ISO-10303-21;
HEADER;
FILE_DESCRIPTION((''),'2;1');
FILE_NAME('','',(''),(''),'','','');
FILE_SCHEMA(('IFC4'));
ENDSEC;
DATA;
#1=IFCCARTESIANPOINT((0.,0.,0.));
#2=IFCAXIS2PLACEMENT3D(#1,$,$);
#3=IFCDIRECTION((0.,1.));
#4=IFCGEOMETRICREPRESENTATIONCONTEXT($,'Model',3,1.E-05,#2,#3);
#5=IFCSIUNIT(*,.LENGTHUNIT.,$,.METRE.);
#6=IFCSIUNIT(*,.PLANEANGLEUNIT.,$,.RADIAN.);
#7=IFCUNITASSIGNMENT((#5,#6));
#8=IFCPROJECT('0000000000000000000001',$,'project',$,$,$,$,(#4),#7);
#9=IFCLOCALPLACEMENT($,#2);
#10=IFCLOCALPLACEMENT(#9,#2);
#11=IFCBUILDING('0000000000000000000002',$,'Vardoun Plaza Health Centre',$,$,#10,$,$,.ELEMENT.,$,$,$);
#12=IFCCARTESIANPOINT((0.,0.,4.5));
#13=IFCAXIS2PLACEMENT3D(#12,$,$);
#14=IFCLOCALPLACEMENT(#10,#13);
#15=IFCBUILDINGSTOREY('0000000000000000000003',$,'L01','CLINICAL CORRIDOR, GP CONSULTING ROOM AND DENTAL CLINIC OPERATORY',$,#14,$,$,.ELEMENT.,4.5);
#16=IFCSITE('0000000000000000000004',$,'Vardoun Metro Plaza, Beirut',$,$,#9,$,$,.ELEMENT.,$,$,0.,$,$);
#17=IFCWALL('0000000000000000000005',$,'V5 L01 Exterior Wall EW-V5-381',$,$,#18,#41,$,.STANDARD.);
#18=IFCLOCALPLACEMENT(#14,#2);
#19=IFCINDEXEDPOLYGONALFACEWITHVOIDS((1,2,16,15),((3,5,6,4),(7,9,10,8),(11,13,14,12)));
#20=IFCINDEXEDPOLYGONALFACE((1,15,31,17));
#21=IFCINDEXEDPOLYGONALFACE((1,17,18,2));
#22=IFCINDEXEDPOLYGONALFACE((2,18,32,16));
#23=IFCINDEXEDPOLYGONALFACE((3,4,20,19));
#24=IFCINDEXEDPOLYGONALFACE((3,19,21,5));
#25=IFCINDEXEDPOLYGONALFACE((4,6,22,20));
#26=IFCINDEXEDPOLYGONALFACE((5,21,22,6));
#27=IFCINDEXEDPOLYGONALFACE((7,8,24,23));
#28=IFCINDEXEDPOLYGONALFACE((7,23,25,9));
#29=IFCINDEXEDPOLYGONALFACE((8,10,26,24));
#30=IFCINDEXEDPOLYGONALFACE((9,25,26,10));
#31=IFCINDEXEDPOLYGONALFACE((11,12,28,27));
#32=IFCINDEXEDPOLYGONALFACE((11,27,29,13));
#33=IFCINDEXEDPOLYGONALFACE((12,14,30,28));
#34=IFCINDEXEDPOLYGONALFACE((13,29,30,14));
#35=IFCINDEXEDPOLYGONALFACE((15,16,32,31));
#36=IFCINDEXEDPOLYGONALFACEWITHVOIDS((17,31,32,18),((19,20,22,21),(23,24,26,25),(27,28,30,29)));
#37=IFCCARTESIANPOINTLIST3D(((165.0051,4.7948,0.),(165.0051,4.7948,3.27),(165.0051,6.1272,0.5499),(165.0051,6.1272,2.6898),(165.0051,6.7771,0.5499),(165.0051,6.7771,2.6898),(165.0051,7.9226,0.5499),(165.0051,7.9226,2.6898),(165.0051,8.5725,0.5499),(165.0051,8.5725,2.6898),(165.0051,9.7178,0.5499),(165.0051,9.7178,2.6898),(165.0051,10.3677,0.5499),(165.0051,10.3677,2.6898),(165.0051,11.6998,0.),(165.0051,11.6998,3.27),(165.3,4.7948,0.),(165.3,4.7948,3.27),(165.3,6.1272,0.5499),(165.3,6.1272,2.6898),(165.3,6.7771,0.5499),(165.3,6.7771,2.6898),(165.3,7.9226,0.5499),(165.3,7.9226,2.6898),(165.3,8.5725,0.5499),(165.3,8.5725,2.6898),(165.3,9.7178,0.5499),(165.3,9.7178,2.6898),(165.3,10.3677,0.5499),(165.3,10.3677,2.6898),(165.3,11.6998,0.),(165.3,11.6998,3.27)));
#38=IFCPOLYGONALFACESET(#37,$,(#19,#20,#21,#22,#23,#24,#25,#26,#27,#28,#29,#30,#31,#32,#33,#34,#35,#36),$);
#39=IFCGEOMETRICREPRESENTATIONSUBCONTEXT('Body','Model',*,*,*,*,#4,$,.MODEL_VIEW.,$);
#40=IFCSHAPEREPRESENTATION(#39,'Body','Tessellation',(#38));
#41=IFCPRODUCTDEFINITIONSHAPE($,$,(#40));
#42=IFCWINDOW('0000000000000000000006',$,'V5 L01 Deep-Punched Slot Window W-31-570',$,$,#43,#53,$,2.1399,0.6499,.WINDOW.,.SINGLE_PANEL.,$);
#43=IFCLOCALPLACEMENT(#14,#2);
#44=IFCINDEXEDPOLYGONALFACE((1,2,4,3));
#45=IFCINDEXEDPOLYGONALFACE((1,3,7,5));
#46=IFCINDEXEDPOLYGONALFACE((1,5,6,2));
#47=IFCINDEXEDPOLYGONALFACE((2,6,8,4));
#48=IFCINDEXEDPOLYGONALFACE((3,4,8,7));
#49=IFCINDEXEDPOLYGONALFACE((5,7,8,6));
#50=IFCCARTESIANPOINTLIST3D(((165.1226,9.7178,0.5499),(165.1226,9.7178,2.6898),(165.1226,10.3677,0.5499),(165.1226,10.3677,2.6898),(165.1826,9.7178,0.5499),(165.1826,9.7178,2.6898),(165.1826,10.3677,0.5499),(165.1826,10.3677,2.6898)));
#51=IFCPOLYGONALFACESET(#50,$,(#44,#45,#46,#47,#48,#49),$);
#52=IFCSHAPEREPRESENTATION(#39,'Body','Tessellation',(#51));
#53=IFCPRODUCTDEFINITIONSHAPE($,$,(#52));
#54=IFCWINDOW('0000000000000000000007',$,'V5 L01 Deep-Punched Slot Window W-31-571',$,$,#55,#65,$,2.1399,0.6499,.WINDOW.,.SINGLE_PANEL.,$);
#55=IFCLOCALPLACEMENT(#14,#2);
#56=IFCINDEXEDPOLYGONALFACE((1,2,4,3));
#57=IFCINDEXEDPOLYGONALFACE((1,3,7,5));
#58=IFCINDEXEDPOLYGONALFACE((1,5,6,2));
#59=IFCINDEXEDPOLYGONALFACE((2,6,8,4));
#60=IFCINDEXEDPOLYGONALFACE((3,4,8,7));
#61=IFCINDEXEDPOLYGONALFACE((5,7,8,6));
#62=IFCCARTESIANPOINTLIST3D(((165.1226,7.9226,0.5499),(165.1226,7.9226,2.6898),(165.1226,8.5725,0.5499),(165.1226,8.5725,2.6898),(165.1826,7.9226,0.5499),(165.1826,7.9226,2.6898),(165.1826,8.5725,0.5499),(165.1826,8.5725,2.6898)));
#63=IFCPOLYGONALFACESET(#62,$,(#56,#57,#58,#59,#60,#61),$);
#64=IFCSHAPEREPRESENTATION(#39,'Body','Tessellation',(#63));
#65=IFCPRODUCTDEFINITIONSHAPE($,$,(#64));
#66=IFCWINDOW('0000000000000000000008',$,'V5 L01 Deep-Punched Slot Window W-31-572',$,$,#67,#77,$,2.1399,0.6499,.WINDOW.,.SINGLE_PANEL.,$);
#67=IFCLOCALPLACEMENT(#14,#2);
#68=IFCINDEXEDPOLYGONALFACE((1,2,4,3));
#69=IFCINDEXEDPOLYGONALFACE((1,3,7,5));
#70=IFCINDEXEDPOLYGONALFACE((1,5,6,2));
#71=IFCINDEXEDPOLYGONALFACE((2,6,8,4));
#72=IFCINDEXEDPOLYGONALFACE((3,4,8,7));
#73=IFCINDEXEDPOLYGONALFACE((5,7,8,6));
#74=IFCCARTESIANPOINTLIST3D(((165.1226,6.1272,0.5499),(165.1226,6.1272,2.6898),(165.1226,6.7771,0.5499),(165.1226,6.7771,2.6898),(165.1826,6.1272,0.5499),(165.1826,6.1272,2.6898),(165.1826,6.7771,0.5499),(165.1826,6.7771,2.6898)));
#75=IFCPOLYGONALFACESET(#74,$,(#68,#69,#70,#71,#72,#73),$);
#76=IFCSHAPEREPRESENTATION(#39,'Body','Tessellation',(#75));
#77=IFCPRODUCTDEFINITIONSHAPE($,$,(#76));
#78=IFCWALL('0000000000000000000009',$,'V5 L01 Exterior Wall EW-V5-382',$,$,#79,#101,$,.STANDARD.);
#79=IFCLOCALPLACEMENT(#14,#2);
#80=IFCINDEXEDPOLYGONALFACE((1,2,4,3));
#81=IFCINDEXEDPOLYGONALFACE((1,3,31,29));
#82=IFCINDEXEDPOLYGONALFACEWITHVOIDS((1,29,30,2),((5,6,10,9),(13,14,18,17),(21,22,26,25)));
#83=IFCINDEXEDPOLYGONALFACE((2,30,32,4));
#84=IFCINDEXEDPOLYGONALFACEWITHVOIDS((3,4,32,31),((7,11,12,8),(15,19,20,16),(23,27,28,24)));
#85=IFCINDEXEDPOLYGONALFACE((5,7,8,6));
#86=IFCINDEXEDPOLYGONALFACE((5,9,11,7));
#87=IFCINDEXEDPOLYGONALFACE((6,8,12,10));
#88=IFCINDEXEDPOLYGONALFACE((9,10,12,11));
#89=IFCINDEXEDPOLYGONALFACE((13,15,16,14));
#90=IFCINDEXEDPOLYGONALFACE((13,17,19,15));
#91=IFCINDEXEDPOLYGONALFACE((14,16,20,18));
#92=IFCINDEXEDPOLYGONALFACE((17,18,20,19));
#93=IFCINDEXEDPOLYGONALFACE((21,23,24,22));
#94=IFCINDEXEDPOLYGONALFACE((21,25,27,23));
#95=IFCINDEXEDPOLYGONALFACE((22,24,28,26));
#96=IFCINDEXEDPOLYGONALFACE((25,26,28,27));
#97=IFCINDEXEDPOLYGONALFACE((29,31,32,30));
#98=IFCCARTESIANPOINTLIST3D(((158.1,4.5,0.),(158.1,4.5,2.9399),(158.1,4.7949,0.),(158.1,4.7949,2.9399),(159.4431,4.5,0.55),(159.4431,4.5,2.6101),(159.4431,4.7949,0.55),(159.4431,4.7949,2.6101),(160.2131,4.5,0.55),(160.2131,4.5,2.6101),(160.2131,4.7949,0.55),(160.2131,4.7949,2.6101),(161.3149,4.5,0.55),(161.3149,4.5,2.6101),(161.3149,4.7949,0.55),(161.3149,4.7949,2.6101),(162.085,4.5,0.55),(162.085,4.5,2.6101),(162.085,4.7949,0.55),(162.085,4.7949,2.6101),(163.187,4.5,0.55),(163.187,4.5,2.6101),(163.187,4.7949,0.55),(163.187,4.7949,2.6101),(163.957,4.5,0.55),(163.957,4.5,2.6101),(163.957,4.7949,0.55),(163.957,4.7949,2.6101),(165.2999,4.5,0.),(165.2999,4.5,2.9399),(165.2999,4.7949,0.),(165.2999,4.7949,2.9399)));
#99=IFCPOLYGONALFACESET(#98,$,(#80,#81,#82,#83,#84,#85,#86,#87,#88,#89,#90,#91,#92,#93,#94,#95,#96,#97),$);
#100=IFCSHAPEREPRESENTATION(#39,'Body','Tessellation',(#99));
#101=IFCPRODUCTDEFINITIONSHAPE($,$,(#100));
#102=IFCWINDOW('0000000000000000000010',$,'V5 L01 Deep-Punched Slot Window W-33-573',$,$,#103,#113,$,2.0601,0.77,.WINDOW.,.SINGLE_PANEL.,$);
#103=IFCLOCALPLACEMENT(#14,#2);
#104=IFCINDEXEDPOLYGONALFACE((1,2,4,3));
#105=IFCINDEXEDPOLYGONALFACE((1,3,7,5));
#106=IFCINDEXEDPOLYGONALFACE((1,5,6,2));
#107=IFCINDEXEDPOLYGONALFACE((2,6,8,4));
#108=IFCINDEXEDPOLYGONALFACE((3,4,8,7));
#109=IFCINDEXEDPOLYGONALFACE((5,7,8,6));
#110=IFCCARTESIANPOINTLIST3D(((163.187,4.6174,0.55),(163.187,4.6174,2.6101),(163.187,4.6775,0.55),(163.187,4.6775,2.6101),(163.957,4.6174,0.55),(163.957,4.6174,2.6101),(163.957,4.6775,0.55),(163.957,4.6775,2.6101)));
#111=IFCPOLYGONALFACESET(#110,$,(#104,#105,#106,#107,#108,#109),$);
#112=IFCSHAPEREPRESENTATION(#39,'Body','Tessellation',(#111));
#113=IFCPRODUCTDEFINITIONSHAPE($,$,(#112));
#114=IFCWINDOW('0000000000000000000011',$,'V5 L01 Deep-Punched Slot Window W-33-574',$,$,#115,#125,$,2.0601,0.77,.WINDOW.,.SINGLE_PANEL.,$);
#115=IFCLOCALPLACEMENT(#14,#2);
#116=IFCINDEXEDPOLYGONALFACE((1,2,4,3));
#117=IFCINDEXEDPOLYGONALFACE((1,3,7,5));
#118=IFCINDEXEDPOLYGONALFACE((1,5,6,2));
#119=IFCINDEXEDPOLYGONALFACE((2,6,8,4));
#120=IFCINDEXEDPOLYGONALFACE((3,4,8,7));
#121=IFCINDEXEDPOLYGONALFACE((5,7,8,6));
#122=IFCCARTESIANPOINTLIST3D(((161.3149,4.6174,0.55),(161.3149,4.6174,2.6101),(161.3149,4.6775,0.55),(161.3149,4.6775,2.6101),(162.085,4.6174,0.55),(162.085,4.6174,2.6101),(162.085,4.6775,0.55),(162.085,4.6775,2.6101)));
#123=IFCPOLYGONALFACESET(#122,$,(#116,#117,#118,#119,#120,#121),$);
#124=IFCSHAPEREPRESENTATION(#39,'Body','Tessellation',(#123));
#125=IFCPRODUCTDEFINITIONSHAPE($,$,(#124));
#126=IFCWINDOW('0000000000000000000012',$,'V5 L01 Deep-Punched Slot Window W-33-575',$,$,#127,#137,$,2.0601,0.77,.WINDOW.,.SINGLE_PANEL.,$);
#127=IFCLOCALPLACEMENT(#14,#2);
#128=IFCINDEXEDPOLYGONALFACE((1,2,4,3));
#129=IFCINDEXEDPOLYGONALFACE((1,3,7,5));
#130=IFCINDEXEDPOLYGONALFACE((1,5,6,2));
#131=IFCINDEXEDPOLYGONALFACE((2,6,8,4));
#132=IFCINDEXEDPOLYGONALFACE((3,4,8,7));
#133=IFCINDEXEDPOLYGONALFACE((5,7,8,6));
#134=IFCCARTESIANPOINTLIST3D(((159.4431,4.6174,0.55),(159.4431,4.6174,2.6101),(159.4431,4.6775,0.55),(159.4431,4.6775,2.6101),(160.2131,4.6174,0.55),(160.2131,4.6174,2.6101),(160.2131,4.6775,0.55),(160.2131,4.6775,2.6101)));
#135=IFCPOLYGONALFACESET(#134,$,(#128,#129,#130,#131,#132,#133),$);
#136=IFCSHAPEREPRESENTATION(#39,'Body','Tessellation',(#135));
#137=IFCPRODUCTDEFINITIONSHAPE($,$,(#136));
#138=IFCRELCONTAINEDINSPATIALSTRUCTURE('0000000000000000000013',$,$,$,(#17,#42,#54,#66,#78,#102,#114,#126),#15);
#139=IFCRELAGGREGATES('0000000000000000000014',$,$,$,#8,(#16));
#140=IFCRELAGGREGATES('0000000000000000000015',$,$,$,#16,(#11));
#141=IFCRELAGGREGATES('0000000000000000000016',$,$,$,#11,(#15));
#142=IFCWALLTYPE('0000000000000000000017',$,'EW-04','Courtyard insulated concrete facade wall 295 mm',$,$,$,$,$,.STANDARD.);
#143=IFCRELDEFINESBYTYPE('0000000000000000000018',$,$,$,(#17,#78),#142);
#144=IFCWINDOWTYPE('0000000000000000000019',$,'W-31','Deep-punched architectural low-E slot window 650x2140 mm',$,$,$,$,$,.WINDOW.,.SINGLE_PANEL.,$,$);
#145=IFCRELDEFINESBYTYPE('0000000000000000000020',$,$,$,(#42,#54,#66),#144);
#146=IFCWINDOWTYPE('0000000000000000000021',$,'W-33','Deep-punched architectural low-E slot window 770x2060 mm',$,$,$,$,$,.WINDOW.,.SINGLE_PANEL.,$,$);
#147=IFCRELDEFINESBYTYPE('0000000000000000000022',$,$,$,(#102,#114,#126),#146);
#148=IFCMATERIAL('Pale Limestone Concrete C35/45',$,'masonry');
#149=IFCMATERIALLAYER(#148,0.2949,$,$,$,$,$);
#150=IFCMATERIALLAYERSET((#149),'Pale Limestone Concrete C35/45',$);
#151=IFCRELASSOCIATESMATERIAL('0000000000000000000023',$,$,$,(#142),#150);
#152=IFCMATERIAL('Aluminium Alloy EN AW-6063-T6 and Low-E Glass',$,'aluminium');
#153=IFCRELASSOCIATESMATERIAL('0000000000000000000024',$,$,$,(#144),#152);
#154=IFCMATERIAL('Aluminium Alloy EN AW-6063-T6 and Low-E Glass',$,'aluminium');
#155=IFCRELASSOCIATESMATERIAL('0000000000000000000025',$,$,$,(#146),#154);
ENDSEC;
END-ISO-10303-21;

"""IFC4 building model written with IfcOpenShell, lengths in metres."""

from ifc_helpers import new_model, si_unit, direction, frame, frame_2d, origin, place, context, subcontext, project, spatial, rectangle, extrude, material, layer, layer_set, type_object, element, fill, save


model = new_model("IFC4")

# Units and contexts
model_context = context("Model", 3, precision=1e-05, world=origin(), true_north=direction((0.0, 1.0)))
body_context = subcontext(model_context, "Body", "Model", "MODEL_VIEW")
ifc_project = project(units=[si_unit("LENGTHUNIT", "METRE"), si_unit("PLANEANGLEUNIT", "RADIAN")], contexts=[model_context])

# Site, building, storey
site_placement = place(None, origin())
site = spatial("IfcSite", under=ifc_project, at=site_placement, Name="Vardoun Metro Plaza, Beirut", CompositionType="ELEMENT", RefElevation=0.0)
building_placement = place(site_placement, origin())
building = spatial("IfcBuilding", under=site, at=building_placement, Name="Vardoun Plaza Health Centre", CompositionType="ELEMENT")
storey_placement = place(building_placement, frame((0.0, 0.0, 4.5)))
storey = spatial("IfcBuildingStorey", under=building, at=storey_placement, Name="L01", Description="CLINICAL CORRIDOR, GP CONSULTING ROOM AND DENTAL CLINIC OPERATORY", CompositionType="ELEMENT", Elevation=4.5)

# Walls, openings, windows
ifc_material_1 = material(Name="Pale Limestone Concrete C35/45", Category="masonry")
ifc_layer_1 = layer(ifc_material_1, 0.2949)
ifc_layer_set_1 = layer_set([ifc_layer_1], Name="Pale Limestone Concrete C35/45")
wall_type_1 = type_object("IfcWallType", Name="EW-04", Description="Courtyard insulated concrete facade wall 295 mm", PredefinedType="STANDARD", material=ifc_layer_set_1)
wall_1_placement = place(storey_placement, frame((165.1526, 11.7, 0.0), z_axis=(0.0, 0.0, 1.0), x_axis=(0.0, -1.0, 0.0)))
wall_1 = element("IfcWall", 1, at=wall_1_placement, inside=storey, type_object=wall_type_1, Name="V5 L01 Exterior Wall EW-V5-381", PredefinedType="STANDARD", context=body_context, shape_type="SweptSolid", body=[
    extrude(rectangle(XDim=6.905, YDim=0.2949, at=frame_2d((3.4526, 0.0))), origin(), (0.0, 0.0, 1.0), 3.27),
])
opening_1_placement = place(wall_1_placement, frame((1.3323, 0.0, 0.55)))
opening_1 = element("IfcOpeningElement", 2, at=opening_1_placement, cuts=wall_1, PredefinedType="OPENING", context=body_context, shape_type="SweptSolid", body=[
    extrude(rectangle(XDim=0.6499, YDim=2.1399, at=frame_2d((0.325, 1.0698))), frame((0.0, 0.1475, 0.0), z_axis=(0.0, -1.0, 0.0), x_axis=(1.0, 0.0, 0.0)), (0.0, 0.0, 1.0), 0.2949),
])
opening_2_placement = place(wall_1_placement, frame((3.1274, 0.0, 0.55)))
opening_2 = element("IfcOpeningElement", 3, at=opening_2_placement, cuts=wall_1, PredefinedType="OPENING", context=body_context, shape_type="SweptSolid", body=[
    extrude(rectangle(XDim=0.6499, YDim=2.1399, at=frame_2d((0.325, 1.0698))), frame((0.0, 0.1475, 0.0), z_axis=(0.0, -1.0, 0.0), x_axis=(1.0, 0.0, 0.0)), (0.0, 0.0, 1.0), 0.2949),
])
opening_3_placement = place(wall_1_placement, frame((4.9229, 0.0, 0.55)))
opening_3 = element("IfcOpeningElement", 4, at=opening_3_placement, cuts=wall_1, PredefinedType="OPENING", context=body_context, shape_type="SweptSolid", body=[
    extrude(rectangle(XDim=0.6499, YDim=2.1399, at=frame_2d((0.325, 1.0698))), frame((0.0, 0.1475, 0.0), z_axis=(0.0, -1.0, 0.0), x_axis=(1.0, 0.0, 0.0)), (0.0, 0.0, 1.0), 0.2949),
])
ifc_material_2 = material(Name="Aluminium Alloy EN AW-6063-T6 and Low-E Glass", Category="aluminium")
window_type_1 = type_object("IfcWindowType", Name="W-31", Description="Deep-punched architectural low-E slot window 650x2140 mm", PartitioningType="SINGLE_PANEL", PredefinedType="WINDOW", material=ifc_material_2)
window_1_placement = place(opening_1_placement, origin())
window_1 = element("IfcWindow", 5, at=window_1_placement, inside=storey, type_object=window_type_1, Name="V5 L01 Deep-Punched Slot Window W-31-570", OverallHeight=2.1399, OverallWidth=0.6499, PartitioningType="SINGLE_PANEL", PredefinedType="WINDOW", context=body_context, shape_type="SweptSolid", body=[
    extrude(rectangle(XDim=0.6499, YDim=2.1399, at=frame_2d((0.325, 1.0698))), frame((0.0, 0.03, 0.0), z_axis=(0.0, -1.0, 0.0), x_axis=(1.0, 0.0, 0.0)), (0.0, 0.0, 1.0), 0.0601),
])
fill(opening_1, window_1)
window_2_placement = place(opening_2_placement, origin())
window_2 = element("IfcWindow", 6, at=window_2_placement, inside=storey, type_object=window_type_1, Name="V5 L01 Deep-Punched Slot Window W-31-571", OverallHeight=2.1399, OverallWidth=0.6499, PartitioningType="SINGLE_PANEL", PredefinedType="WINDOW", context=body_context, shape_type="SweptSolid", body=[
    extrude(rectangle(XDim=0.6499, YDim=2.1399, at=frame_2d((0.325, 1.0698))), frame((0.0, 0.03, 0.0), z_axis=(0.0, -1.0, 0.0), x_axis=(1.0, 0.0, 0.0)), (0.0, 0.0, 1.0), 0.0601),
])
fill(opening_2, window_2)
window_3_placement = place(opening_3_placement, origin())
window_3 = element("IfcWindow", 7, at=window_3_placement, inside=storey, type_object=window_type_1, Name="V5 L01 Deep-Punched Slot Window W-31-572", OverallHeight=2.1399, OverallWidth=0.6499, PartitioningType="SINGLE_PANEL", PredefinedType="WINDOW", context=body_context, shape_type="SweptSolid", body=[
    extrude(rectangle(XDim=0.6499, YDim=2.1399, at=frame_2d((0.325, 1.0698))), frame((0.0, 0.03, 0.0), z_axis=(0.0, -1.0, 0.0), x_axis=(1.0, 0.0, 0.0)), (0.0, 0.0, 1.0), 0.0601),
])
fill(opening_3, window_3)
wall_2_placement = place(storey_placement, frame((165.3, 4.6475, 0.0), z_axis=(0.0, 0.0, 1.0), x_axis=(-1.0, 0.0, 0.0)))
wall_2 = element("IfcWall", 8, at=wall_2_placement, inside=storey, type_object=wall_type_1, Name="V5 L01 Exterior Wall EW-V5-382", PredefinedType="STANDARD", context=body_context, shape_type="SweptSolid", body=[
    extrude(rectangle(XDim=7.2, YDim=0.2949, at=frame_2d((3.6001, 0.0))), origin(), (0.0, 0.0, 1.0), 2.9399),
])
opening_4_placement = place(wall_2_placement, frame((1.343, 0.0, 0.55)))
opening_4 = element("IfcOpeningElement", 9, at=opening_4_placement, cuts=wall_2, PredefinedType="OPENING", context=body_context, shape_type="SweptSolid", body=[
    extrude(rectangle(XDim=0.77, YDim=2.0601, at=frame_2d((0.385, 1.03))), frame((0.0, 0.1475, 0.0), z_axis=(0.0, -1.0, 0.0), x_axis=(1.0, 0.0, 0.0)), (0.0, 0.0, 1.0), 0.2949),
])
opening_5_placement = place(wall_2_placement, frame((3.2151, 0.0, 0.55)))
opening_5 = element("IfcOpeningElement", 10, at=opening_5_placement, cuts=wall_2, PredefinedType="OPENING", context=body_context, shape_type="SweptSolid", body=[
    extrude(rectangle(XDim=0.77, YDim=2.0601, at=frame_2d((0.385, 1.03))), frame((0.0, 0.1475, 0.0), z_axis=(0.0, -1.0, 0.0), x_axis=(1.0, 0.0, 0.0)), (0.0, 0.0, 1.0), 0.2949),
])
opening_6_placement = place(wall_2_placement, frame((5.0869, 0.0, 0.55)))
opening_6 = element("IfcOpeningElement", 11, at=opening_6_placement, cuts=wall_2, PredefinedType="OPENING", context=body_context, shape_type="SweptSolid", body=[
    extrude(rectangle(XDim=0.77, YDim=2.0601, at=frame_2d((0.385, 1.03))), frame((0.0, 0.1475, 0.0), z_axis=(0.0, -1.0, 0.0), x_axis=(1.0, 0.0, 0.0)), (0.0, 0.0, 1.0), 0.2949),
])
ifc_material_3 = material(Name="Aluminium Alloy EN AW-6063-T6 and Low-E Glass", Category="aluminium")
window_type_2 = type_object("IfcWindowType", Name="W-33", Description="Deep-punched architectural low-E slot window 770x2060 mm", PartitioningType="SINGLE_PANEL", PredefinedType="WINDOW", material=ifc_material_3)
window_4_placement = place(opening_4_placement, origin())
window_4 = element("IfcWindow", 12, at=window_4_placement, inside=storey, type_object=window_type_2, Name="V5 L01 Deep-Punched Slot Window W-33-573", OverallHeight=2.0601, OverallWidth=0.77, PartitioningType="SINGLE_PANEL", PredefinedType="WINDOW", context=body_context, shape_type="SweptSolid", body=[
    extrude(rectangle(XDim=0.77, YDim=2.0601, at=frame_2d((0.385, 1.03))), frame((0.0, 0.03, 0.0), z_axis=(0.0, -1.0, 0.0), x_axis=(1.0, 0.0, 0.0)), (0.0, 0.0, 1.0), 0.0601),
])
fill(opening_4, window_4)
window_5_placement = place(opening_5_placement, origin())
window_5 = element("IfcWindow", 13, at=window_5_placement, inside=storey, type_object=window_type_2, Name="V5 L01 Deep-Punched Slot Window W-33-574", OverallHeight=2.0601, OverallWidth=0.77, PartitioningType="SINGLE_PANEL", PredefinedType="WINDOW", context=body_context, shape_type="SweptSolid", body=[
    extrude(rectangle(XDim=0.77, YDim=2.0601, at=frame_2d((0.385, 1.03))), frame((0.0, 0.03, 0.0), z_axis=(0.0, -1.0, 0.0), x_axis=(1.0, 0.0, 0.0)), (0.0, 0.0, 1.0), 0.0601),
])
fill(opening_5, window_5)
window_6_placement = place(opening_6_placement, origin())
window_6 = element("IfcWindow", 14, at=window_6_placement, inside=storey, type_object=window_type_2, Name="V5 L01 Deep-Punched Slot Window W-33-575", OverallHeight=2.0601, OverallWidth=0.77, PartitioningType="SINGLE_PANEL", PredefinedType="WINDOW", context=body_context, shape_type="SweptSolid", body=[
    extrude(rectangle(XDim=0.77, YDim=2.0601, at=frame_2d((0.385, 1.03))), frame((0.0, 0.03, 0.0), z_axis=(0.0, -1.0, 0.0), x_axis=(1.0, 0.0, 0.0)), (0.0, 0.0, 1.0), 0.0601),
])
fill(opening_6, window_6)

save(model, "model.ifc")
